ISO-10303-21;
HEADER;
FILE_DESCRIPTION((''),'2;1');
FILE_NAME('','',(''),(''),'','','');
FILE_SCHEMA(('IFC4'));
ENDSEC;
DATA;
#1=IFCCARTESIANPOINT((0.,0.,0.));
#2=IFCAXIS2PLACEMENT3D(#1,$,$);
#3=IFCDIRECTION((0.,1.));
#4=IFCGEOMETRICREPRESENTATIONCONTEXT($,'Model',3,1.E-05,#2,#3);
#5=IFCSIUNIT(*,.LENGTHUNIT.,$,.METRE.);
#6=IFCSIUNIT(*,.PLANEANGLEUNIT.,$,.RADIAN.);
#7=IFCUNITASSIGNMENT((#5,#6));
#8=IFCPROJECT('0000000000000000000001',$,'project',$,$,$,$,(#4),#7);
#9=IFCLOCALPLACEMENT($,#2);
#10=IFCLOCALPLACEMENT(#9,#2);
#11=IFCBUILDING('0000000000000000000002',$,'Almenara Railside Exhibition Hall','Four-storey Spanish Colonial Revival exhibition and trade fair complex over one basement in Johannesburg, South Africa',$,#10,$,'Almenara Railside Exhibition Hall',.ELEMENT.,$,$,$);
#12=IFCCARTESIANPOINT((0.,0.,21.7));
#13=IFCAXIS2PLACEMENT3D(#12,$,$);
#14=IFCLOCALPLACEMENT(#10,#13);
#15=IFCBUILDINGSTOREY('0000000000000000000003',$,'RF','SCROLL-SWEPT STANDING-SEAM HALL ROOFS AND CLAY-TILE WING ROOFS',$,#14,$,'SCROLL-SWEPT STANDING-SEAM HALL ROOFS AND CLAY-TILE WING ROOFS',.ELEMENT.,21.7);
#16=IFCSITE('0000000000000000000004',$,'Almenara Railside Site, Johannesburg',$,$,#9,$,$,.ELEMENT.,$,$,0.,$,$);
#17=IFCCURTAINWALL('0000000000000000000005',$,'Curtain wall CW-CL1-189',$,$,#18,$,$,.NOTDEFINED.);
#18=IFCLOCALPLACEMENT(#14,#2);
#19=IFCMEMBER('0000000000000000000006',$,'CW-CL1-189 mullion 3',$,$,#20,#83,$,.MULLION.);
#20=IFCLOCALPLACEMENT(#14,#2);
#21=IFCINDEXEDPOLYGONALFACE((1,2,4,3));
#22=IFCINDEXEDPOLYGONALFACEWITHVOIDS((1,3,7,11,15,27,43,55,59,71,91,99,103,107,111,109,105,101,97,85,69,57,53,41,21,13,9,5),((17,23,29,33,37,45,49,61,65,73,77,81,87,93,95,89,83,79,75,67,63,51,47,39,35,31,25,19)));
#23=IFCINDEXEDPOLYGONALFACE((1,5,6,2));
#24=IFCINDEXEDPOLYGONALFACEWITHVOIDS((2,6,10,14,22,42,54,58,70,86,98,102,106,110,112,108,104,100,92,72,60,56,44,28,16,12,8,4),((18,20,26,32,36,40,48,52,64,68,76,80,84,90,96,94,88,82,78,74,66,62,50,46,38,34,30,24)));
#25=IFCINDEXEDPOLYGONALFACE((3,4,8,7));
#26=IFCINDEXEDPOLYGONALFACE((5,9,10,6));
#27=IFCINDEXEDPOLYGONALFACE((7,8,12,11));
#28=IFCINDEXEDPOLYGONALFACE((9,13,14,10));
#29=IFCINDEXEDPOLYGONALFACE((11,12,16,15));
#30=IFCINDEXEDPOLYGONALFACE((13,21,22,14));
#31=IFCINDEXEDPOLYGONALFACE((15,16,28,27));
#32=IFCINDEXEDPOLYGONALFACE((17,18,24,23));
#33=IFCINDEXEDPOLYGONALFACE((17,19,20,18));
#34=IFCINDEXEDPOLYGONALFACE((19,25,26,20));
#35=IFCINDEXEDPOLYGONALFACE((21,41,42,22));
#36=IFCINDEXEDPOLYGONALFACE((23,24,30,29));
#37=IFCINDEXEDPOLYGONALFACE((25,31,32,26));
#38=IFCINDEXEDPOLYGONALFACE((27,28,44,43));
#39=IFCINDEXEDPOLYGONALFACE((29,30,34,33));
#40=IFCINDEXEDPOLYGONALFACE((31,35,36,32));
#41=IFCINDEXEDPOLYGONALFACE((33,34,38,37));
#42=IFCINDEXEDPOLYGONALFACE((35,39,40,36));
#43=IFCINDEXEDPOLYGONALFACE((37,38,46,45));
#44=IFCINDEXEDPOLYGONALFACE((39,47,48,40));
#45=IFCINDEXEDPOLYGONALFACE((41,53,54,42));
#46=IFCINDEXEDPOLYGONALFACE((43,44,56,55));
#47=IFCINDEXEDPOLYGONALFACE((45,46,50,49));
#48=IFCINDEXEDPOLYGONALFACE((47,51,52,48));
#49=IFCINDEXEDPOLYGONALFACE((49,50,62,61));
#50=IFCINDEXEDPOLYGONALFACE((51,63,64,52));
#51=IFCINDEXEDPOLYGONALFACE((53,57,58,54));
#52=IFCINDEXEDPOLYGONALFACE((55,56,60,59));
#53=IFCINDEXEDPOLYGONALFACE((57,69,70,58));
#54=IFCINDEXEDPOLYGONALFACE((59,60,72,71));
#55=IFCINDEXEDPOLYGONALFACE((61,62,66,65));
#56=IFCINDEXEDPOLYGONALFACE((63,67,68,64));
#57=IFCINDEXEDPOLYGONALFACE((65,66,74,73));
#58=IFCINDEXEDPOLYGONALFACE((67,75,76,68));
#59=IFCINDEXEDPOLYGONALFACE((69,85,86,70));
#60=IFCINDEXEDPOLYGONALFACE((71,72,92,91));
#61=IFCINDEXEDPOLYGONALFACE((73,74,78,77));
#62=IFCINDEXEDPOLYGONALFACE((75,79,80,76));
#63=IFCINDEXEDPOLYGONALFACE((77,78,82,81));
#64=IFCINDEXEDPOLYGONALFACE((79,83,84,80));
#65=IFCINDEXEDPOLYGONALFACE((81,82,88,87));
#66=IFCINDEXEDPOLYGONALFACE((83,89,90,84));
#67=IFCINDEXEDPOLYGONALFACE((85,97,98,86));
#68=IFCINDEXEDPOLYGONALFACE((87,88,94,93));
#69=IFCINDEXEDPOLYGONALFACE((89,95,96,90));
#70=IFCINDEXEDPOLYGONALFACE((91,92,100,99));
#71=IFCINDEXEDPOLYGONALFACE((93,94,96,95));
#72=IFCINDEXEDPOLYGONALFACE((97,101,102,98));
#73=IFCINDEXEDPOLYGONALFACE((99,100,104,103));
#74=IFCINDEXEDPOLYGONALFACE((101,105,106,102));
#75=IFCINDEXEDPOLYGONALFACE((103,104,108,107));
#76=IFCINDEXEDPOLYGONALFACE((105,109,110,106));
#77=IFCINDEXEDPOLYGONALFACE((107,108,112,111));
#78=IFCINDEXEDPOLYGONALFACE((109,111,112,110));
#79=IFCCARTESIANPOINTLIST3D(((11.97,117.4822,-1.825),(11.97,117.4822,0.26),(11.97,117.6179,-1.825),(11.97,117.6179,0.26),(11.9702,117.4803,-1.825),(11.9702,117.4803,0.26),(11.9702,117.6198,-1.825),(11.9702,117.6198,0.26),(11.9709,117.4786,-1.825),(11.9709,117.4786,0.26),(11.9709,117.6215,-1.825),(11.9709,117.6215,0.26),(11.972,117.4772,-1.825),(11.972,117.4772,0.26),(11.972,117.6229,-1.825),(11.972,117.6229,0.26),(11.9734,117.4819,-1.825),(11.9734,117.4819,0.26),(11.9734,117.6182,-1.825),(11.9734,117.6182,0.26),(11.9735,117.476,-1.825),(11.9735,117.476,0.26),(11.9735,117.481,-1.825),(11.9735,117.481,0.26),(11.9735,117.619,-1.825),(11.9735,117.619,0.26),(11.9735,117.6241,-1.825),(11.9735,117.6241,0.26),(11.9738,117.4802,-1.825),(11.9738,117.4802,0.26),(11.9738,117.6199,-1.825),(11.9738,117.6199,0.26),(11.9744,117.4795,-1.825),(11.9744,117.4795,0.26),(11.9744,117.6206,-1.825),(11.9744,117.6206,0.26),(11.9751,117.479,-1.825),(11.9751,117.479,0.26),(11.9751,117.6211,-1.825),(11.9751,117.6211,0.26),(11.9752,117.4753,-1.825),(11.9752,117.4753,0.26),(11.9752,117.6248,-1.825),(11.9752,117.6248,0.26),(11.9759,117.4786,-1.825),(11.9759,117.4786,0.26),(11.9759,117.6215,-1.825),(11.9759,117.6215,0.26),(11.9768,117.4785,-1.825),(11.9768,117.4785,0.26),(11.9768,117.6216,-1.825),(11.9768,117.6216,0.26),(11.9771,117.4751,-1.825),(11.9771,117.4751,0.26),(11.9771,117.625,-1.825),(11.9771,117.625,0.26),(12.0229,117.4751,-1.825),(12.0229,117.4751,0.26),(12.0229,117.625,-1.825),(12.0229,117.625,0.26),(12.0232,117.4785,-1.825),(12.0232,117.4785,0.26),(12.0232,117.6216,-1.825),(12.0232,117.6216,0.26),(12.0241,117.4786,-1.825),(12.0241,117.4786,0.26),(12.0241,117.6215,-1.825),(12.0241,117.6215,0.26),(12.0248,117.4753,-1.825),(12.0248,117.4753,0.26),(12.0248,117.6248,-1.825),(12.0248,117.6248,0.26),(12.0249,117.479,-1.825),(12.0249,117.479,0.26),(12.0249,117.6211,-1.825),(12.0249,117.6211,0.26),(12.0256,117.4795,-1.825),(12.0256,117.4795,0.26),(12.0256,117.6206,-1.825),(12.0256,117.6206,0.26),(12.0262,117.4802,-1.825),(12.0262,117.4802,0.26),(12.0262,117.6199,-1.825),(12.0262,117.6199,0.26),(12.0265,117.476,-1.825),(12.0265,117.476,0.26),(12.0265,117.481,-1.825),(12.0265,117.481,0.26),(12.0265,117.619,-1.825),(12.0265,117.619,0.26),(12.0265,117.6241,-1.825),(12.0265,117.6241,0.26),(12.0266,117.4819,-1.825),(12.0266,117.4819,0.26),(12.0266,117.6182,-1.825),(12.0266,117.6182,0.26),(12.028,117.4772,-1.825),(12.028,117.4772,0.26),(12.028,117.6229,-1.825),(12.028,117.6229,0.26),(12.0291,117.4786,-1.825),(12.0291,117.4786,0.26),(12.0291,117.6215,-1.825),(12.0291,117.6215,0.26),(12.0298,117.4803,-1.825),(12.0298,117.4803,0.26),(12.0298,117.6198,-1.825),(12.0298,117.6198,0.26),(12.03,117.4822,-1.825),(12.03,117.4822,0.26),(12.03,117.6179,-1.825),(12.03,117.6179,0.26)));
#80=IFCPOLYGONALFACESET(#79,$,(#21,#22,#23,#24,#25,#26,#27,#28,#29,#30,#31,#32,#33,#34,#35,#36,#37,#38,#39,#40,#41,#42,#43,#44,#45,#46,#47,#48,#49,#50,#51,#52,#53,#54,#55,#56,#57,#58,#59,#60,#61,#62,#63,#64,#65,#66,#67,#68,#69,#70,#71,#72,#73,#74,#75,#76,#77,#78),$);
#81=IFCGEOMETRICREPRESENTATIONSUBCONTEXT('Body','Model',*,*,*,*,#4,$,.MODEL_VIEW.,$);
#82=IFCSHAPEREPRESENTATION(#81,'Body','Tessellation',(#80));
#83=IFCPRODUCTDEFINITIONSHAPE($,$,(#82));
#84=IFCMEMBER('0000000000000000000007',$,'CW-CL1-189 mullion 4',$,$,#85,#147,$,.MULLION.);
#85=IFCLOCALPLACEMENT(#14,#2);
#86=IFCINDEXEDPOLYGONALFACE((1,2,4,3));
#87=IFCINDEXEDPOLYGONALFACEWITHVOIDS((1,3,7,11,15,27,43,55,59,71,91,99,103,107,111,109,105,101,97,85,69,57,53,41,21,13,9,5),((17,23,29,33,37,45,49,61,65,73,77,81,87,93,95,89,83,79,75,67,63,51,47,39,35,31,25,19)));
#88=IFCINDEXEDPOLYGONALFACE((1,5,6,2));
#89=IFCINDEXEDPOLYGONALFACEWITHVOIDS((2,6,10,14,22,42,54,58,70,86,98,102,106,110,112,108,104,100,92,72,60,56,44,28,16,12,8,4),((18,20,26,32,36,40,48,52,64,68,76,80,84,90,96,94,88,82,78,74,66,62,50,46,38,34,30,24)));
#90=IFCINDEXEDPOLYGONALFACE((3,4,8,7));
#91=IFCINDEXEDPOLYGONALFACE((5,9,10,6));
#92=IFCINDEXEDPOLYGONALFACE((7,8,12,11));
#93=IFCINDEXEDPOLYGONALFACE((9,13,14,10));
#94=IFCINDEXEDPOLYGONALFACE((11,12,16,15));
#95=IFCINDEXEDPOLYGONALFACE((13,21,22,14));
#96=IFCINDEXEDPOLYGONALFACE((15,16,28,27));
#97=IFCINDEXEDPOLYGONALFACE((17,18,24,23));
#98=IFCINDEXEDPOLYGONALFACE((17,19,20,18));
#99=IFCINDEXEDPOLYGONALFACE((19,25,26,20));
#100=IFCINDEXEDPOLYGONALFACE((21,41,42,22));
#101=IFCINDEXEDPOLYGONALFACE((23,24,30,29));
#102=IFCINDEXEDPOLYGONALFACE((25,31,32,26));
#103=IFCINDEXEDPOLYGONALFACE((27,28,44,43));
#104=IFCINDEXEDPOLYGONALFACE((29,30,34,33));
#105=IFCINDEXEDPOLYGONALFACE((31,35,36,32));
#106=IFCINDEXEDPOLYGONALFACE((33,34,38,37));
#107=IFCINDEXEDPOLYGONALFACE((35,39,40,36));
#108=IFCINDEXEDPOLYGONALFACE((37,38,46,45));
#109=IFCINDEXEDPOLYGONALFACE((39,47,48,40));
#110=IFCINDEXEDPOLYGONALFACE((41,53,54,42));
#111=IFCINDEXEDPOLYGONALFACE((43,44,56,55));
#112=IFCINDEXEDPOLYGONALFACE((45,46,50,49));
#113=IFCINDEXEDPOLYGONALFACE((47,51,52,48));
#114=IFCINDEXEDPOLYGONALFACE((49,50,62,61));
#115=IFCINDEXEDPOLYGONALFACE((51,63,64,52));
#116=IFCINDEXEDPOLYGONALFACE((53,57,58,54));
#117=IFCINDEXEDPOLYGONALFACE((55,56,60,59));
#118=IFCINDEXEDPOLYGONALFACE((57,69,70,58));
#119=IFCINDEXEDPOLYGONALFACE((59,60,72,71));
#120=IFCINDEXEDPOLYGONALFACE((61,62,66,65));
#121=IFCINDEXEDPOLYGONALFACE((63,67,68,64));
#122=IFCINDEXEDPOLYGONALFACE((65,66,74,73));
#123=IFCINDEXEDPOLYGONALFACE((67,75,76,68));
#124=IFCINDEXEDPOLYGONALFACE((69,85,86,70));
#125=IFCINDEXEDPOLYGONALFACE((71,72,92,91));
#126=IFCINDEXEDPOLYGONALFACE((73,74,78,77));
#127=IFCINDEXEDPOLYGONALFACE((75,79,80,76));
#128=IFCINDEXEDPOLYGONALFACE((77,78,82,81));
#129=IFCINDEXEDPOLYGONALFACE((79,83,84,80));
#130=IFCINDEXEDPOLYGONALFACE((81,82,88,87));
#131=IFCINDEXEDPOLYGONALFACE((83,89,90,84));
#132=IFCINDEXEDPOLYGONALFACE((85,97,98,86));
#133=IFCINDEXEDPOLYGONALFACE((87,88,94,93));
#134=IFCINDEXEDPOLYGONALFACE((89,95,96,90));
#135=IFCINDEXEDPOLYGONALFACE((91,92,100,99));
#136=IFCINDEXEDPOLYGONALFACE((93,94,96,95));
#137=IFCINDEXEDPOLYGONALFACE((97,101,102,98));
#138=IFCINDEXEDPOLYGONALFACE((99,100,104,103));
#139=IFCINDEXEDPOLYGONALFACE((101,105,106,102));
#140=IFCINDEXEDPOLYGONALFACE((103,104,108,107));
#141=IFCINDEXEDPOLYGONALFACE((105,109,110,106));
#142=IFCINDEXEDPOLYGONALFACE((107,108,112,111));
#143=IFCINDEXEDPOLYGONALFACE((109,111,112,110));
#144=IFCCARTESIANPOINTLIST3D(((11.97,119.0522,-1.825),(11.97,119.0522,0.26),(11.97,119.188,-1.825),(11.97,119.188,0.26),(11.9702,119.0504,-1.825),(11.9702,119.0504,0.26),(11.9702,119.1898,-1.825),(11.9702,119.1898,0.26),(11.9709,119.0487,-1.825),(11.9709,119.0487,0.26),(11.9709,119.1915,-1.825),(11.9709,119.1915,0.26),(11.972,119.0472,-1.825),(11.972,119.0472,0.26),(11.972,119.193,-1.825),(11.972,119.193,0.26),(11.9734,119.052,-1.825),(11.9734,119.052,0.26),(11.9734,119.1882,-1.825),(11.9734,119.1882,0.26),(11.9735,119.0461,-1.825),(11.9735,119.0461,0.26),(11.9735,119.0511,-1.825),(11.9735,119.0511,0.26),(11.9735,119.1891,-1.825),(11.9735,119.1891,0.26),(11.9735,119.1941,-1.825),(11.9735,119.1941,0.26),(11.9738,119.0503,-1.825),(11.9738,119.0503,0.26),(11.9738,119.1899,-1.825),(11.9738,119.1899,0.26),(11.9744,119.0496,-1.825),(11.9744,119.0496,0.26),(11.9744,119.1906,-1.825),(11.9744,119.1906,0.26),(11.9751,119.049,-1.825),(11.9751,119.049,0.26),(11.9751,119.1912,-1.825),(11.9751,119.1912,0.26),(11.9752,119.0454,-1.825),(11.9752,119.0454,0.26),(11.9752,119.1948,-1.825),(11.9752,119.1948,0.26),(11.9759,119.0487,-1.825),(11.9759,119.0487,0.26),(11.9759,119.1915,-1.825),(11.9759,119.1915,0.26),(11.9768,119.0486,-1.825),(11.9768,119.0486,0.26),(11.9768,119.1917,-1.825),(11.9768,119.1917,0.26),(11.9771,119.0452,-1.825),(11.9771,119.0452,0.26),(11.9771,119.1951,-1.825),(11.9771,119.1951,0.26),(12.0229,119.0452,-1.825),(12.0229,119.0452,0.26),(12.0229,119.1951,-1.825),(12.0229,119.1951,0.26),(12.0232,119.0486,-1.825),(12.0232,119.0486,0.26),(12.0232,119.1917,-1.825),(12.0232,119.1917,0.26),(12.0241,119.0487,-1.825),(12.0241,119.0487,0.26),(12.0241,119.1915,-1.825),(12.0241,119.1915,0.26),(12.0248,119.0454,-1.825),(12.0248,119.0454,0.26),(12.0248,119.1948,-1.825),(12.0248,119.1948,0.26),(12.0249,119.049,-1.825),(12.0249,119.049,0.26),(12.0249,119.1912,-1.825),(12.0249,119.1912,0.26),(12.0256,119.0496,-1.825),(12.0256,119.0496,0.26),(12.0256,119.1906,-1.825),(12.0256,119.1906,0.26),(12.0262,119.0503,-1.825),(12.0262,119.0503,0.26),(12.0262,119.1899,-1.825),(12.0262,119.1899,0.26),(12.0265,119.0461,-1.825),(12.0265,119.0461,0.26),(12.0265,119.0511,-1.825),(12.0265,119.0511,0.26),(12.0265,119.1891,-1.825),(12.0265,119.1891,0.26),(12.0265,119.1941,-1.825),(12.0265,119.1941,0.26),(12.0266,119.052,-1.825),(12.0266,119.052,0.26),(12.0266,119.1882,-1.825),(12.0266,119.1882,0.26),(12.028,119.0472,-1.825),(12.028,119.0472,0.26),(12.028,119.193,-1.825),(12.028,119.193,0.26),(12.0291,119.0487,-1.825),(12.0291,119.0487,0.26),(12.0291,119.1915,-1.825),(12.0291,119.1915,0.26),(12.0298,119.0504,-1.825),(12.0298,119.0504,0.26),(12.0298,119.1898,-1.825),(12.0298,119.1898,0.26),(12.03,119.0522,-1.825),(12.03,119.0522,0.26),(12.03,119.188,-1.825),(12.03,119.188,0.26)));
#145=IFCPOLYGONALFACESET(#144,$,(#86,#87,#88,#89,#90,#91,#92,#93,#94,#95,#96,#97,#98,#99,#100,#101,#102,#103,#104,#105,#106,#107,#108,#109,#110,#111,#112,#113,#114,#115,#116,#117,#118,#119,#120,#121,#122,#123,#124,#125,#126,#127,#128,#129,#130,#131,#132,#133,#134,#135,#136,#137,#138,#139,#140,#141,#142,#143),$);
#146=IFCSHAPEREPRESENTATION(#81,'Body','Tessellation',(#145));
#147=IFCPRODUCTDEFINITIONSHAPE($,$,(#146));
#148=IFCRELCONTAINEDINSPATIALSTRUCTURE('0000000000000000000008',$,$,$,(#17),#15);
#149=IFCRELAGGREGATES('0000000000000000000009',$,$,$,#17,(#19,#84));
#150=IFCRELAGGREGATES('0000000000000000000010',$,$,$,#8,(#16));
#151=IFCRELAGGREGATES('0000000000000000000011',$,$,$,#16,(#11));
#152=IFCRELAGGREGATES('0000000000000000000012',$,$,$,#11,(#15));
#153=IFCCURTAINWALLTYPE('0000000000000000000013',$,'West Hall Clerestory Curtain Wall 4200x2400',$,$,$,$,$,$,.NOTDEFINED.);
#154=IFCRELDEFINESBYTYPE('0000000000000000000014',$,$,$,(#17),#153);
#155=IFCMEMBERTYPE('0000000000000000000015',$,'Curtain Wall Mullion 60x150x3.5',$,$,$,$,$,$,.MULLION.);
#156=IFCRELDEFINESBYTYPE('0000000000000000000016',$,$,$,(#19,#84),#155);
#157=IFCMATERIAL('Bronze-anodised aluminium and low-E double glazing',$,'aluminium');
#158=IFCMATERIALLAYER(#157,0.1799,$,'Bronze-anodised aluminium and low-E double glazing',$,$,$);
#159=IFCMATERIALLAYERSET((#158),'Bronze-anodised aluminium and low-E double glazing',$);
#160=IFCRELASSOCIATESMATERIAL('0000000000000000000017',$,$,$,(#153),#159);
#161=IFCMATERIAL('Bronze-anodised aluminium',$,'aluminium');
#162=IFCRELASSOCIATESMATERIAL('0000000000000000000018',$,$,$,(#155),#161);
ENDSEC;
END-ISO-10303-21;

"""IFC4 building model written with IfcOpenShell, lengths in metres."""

from ifc_helpers import new_model, si_unit, direction, frame, origin, origin_2d, place, context, subcontext, project, spatial, hollow_rectangle, extrude, material, layer, layer_set, material_profile, profile_set, type_object, element, aggregate, save


model = new_model("IFC4")

# Units and contexts
model_context = context("Model", 3, precision=1e-05, world=origin(), true_north=direction((0.0, 1.0)))
body_context = subcontext(model_context, "Body", "Model", "MODEL_VIEW")
ifc_project = project(units=[si_unit("LENGTHUNIT", "METRE"), si_unit("PLANEANGLEUNIT", "RADIAN")], contexts=[model_context])

# Site, building, storey
site_placement = place(None, origin())
site = spatial("IfcSite", under=ifc_project, at=site_placement, Name="Almenara Railside Site, Johannesburg", CompositionType="ELEMENT", RefElevation=0.0)
building_placement = place(site_placement, origin())
building = spatial("IfcBuilding", under=site, at=building_placement, Name="Almenara Railside Exhibition Hall", Description="Four-storey Spanish Colonial Revival exhibition and trade fair complex over one basement in Johannesburg, South Africa", LongName="Almenara Railside Exhibition Hall", CompositionType="ELEMENT")
storey_placement = place(building_placement, frame((0.0, 0.0, 21.7)))
storey = spatial("IfcBuildingStorey", under=building, at=storey_placement, Name="RF", Description="SCROLL-SWEPT STANDING-SEAM HALL ROOFS AND CLAY-TILE WING ROOFS", LongName="SCROLL-SWEPT STANDING-SEAM HALL ROOFS AND CLAY-TILE WING ROOFS", CompositionType="ELEMENT", Elevation=21.7)

# Curtain wall, members
ifc_material_1 = material(Name="Bronze-anodised aluminium and low-E double glazing", Category="aluminium")
ifc_layer_1 = layer(ifc_material_1, 0.1799, Name="Bronze-anodised aluminium and low-E double glazing")
ifc_layer_set_1 = layer_set([ifc_layer_1], Name="Bronze-anodised aluminium and low-E double glazing")
curtain_wall_type = type_object("IfcCurtainWallType", Name="West Hall Clerestory Curtain Wall 4200x2400", PredefinedType="NOTDEFINED", material=ifc_layer_set_1)
curtain_wall_placement = place(storey_placement, origin())
curtain_wall = element("IfcCurtainWall", 1, at=curtain_wall_placement, inside=storey, type_object=curtain_wall_type, Name="Curtain wall CW-CL1-189", PredefinedType="NOTDEFINED")
ifc_material_2 = material(Name="Bronze-anodised aluminium", Category="aluminium")
ifc_material_profile_1 = material_profile(ifc_material_2, hollow_rectangle(XDim=0.0601, YDim=0.1499, WallThickness=0.0034, InnerFilletRadius=0.0034, OuterFilletRadius=0.0071, at=origin_2d()), Name="ALU-MUL 60x150x3.5")
ifc_profile_set_1 = profile_set([ifc_material_profile_1], Name="Bronze-anodised aluminium")
member_type_1 = type_object("IfcMemberType", Name="Curtain Wall Mullion 60x150x3.5", PredefinedType="MULLION", material=ifc_profile_set_1)
member_1_placement = place(storey_placement, frame((12.0, 117.55, -1.825), z_axis=(0.0, 0.0, 1.0), x_axis=(-1.0, 0.0, 0.0)))
member_1 = element("IfcMember", 2, at=member_1_placement, type_object=member_type_1, Name="CW-CL1-189 mullion 3", PredefinedType="MULLION", context=body_context, shape_type="SweptSolid", body=[
    extrude(hollow_rectangle(XDim=0.0601, YDim=0.1499, WallThickness=0.0034, InnerFilletRadius=0.0034, OuterFilletRadius=0.0071, at=origin_2d()), origin(), (0.0, 0.0, 1.0), 2.085),
])
member_2_placement = place(storey_placement, frame((12.0, 119.1201, -1.825), z_axis=(0.0, 0.0, 1.0), x_axis=(-1.0, 0.0, 0.0)))
member_2 = element("IfcMember", 3, at=member_2_placement, type_object=member_type_1, Name="CW-CL1-189 mullion 4", PredefinedType="MULLION", context=body_context, shape_type="SweptSolid", body=[
    extrude(hollow_rectangle(XDim=0.0601, YDim=0.1499, WallThickness=0.0034, InnerFilletRadius=0.0034, OuterFilletRadius=0.0071, at=origin_2d()), origin(), (0.0, 0.0, 1.0), 2.085),
])

aggregate(curtain_wall, [member_1, member_2])

save(model, "model.ifc")
